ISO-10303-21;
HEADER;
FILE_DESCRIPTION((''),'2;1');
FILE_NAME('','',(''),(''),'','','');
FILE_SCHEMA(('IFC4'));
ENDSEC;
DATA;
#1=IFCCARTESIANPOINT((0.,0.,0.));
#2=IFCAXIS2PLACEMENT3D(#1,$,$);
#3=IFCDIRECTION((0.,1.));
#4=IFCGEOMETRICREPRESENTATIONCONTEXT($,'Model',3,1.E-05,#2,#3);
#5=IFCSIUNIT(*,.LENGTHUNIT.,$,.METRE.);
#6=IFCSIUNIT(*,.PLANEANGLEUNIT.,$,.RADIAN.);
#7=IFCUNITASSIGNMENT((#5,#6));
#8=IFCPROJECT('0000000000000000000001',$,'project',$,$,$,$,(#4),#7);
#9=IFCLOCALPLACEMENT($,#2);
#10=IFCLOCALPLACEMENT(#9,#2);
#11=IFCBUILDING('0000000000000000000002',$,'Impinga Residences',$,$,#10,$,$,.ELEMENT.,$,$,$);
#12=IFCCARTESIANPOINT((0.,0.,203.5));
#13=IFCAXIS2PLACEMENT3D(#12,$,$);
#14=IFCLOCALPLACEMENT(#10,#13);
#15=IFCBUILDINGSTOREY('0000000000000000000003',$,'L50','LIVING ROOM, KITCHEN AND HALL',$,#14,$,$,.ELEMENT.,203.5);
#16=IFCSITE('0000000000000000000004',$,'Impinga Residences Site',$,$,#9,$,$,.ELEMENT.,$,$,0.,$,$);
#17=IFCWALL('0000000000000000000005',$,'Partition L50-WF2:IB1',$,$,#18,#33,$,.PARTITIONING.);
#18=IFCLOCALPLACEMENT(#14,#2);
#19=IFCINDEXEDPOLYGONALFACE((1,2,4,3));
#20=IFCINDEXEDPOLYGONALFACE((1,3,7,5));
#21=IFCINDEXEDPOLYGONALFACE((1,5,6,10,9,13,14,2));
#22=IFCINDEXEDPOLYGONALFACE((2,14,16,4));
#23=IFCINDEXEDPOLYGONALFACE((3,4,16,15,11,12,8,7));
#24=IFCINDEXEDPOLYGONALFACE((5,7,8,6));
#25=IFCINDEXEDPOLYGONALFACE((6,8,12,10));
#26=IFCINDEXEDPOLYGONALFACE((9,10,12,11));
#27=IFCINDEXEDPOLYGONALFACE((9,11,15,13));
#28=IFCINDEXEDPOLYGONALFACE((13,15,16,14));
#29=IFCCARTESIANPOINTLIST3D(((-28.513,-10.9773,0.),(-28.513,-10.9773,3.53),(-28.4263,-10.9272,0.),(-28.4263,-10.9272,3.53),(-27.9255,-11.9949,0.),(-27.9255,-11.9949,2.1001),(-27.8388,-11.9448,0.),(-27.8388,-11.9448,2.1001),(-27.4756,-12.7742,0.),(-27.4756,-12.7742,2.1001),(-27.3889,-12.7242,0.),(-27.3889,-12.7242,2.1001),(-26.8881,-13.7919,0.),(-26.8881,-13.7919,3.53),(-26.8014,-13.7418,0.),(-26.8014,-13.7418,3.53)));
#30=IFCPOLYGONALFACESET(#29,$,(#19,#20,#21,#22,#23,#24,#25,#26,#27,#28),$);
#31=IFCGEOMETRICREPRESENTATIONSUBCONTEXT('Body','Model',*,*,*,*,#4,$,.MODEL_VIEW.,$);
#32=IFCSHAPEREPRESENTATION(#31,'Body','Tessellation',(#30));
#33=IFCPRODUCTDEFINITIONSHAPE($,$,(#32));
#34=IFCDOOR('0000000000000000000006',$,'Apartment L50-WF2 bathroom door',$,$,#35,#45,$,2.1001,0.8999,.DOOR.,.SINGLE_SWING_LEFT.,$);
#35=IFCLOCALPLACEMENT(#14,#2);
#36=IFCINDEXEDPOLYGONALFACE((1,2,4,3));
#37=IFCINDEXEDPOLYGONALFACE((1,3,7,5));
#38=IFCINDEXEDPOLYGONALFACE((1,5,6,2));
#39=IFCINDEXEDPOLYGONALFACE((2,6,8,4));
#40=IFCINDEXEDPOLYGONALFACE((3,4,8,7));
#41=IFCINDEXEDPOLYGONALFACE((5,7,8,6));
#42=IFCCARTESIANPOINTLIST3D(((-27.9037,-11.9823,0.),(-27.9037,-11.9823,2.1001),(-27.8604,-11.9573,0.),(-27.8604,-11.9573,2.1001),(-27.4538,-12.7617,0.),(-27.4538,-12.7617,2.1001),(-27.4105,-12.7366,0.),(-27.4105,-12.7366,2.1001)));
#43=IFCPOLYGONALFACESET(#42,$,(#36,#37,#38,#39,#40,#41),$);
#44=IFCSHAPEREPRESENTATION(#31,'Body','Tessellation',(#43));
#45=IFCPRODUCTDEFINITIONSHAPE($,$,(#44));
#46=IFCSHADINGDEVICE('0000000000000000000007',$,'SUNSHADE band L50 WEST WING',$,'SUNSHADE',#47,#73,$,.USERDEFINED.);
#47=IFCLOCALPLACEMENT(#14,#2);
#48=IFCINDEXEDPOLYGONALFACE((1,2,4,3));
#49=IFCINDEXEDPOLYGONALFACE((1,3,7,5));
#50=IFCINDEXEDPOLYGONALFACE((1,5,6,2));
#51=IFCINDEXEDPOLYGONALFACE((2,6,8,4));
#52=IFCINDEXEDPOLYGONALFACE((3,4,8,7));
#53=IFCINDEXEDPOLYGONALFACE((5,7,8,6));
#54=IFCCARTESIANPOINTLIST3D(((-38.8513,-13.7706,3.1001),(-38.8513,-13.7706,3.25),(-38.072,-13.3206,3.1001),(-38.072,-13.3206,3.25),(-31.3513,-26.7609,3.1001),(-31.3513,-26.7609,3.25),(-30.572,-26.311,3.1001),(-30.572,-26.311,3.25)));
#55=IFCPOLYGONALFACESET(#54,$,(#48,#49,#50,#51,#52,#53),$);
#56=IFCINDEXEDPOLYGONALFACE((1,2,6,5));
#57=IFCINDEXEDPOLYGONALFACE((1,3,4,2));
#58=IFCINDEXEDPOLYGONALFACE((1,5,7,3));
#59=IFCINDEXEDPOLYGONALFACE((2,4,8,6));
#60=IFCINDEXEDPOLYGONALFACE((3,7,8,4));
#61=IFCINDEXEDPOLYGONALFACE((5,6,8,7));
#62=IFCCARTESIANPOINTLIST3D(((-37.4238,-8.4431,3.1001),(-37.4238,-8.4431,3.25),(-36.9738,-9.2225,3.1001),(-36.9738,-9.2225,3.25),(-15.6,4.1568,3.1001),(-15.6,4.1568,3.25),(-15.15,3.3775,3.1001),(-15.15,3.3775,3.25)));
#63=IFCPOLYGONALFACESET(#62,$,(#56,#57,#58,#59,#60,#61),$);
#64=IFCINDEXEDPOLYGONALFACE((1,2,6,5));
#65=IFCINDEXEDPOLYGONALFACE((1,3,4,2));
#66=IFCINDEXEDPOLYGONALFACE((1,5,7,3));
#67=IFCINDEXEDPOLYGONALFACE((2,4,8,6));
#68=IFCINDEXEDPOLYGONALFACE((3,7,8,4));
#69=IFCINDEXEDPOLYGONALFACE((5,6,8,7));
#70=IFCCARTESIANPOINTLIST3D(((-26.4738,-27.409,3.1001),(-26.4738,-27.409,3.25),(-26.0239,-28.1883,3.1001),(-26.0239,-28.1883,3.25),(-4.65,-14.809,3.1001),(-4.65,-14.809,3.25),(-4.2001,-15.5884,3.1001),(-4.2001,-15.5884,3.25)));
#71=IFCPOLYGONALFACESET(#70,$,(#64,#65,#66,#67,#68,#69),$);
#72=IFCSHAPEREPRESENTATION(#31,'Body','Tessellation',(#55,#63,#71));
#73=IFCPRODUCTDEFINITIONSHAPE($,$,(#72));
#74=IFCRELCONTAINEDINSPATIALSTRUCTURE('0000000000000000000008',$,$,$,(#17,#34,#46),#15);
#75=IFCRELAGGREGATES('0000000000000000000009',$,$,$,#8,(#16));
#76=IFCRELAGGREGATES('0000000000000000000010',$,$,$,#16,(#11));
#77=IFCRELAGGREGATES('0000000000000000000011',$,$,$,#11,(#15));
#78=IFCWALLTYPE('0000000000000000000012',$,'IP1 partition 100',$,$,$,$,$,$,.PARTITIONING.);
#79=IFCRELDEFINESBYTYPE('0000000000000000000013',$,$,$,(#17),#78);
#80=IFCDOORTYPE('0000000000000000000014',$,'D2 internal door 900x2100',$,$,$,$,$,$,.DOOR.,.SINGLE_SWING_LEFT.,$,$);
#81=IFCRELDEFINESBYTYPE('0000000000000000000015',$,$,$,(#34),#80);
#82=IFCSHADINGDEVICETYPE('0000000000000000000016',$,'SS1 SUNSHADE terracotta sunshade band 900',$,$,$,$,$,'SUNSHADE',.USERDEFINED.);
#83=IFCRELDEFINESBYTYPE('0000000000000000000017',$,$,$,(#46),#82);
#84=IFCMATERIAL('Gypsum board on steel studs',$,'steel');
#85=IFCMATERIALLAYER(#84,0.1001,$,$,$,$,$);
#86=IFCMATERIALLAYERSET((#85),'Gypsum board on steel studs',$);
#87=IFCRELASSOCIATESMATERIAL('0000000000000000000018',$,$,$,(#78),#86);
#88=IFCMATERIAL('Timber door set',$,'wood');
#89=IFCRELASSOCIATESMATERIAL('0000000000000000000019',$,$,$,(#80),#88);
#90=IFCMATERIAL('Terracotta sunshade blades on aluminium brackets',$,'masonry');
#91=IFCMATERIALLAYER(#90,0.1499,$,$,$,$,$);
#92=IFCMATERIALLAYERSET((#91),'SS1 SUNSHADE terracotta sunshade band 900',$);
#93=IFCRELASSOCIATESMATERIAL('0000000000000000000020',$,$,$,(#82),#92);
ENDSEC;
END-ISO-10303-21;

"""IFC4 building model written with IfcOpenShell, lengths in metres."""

from ifc_helpers import new_model, si_unit, direction, frame, frame_2d, origin, origin_2d, place, context, subcontext, project, spatial, rectangle, extrude, material, layer, layer_set, type_object, element, fill, save


model = new_model("IFC4")

# Units and contexts
model_context = context("Model", 3, precision=1e-05, world=origin(), true_north=direction((0.0, 1.0)))
body_context = subcontext(model_context, "Body", "Model", "MODEL_VIEW")
ifc_project = project(units=[si_unit("LENGTHUNIT", "METRE"), si_unit("PLANEANGLEUNIT", "RADIAN")], contexts=[model_context])

# Site, building, storey
site_placement = place(None, origin())
site = spatial("IfcSite", under=ifc_project, at=site_placement, Name="Impinga Residences Site", CompositionType="ELEMENT", RefElevation=0.0)
building_placement = place(site_placement, origin())
building = spatial("IfcBuilding", under=site, at=building_placement, Name="Impinga Residences", CompositionType="ELEMENT")
storey_placement = place(building_placement, frame((0.0, 0.0, 203.5)))
storey = spatial("IfcBuildingStorey", under=building, at=storey_placement, Name="L50", Description="LIVING ROOM, KITCHEN AND HALL", CompositionType="ELEMENT", Elevation=203.5)

# Shared definitions
ifc_material_1 = material(Name="Timber door set", Category="wood")

# Shared definitions
ifc_material_2 = material(Name="Gypsum board on steel studs", Category="steel")
ifc_layer_1 = layer(ifc_material_2, 0.1001)
ifc_layer_set_1 = layer_set([ifc_layer_1], Name="Gypsum board on steel studs")
wall_type_1 = type_object("IfcWallType", Name="IP1 partition 100", PredefinedType="PARTITIONING", material=ifc_layer_set_1)

# Wall, opening, door
wall_1_placement = place(storey_placement, frame((-26.8447, -13.7668, 0.0), z_axis=(0.0, 0.0, 1.0), x_axis=(-0.499985, 0.866034, 0.0)))
wall_1 = element("IfcWall", 1, at=wall_1_placement, inside=storey, type_object=wall_type_1, Name="Partition L50-WF2:IB1", PredefinedType="PARTITIONING", context=body_context, shape_type="SweptSolid", body=[
    extrude(rectangle(XDim=3.25, YDim=0.1001, at=frame_2d((1.625, 0.0))), origin(), (0.0, 0.0, 1.0), 3.53),
])
opening_1_placement = place(wall_1_placement, frame((1.175, 0.0, 0.0)))
opening_1 = element("IfcOpeningElement", 2, at=opening_1_placement, cuts=wall_1, PredefinedType="OPENING", context=body_context, shape_type="SweptSolid", body=[
    extrude(rectangle(XDim=0.8999, YDim=2.1001, at=frame_2d((0.45, 1.05))), frame((0.0, 0.0601, 0.0), z_axis=(0.0, -1.0, 0.0), x_axis=(1.0, 0.0, 0.0)), (0.0, 0.0, 1.0), 0.1201),
])
door_type_1 = type_object("IfcDoorType", Name="D2 internal door 900x2100", OperationType="SINGLE_SWING_LEFT", PredefinedType="DOOR", material=ifc_material_1)
door_1_placement = place(opening_1_placement, origin())
door_1 = element("IfcDoor", 3, at=door_1_placement, inside=storey, type_object=door_type_1, Name="Apartment L50-WF2 bathroom door", OperationType="SINGLE_SWING_LEFT", OverallHeight=2.1001, OverallWidth=0.8999, PredefinedType="DOOR", context=body_context, shape_type="SweptSolid", body=[
    extrude(rectangle(XDim=0.8999, YDim=2.1001, at=frame_2d((0.45, 1.05))), frame((0.0, 0.0249, 0.0), z_axis=(0.0, -1.0, 0.0), x_axis=(1.0, 0.0, 0.0)), (0.0, 0.0, 1.0), 0.05),
])
fill(opening_1, door_1)

# Shading device
ifc_material_3 = material(Name="Terracotta sunshade blades on aluminium brackets", Category="masonry")
ifc_layer_2 = layer(ifc_material_3, 0.1499)
ifc_layer_set_2 = layer_set([ifc_layer_2], Name="SS1 SUNSHADE terracotta sunshade band 900")
shading_device_type = type_object("IfcShadingDeviceType", Name="SS1 SUNSHADE terracotta sunshade band 900", ElementType="SUNSHADE", PredefinedType="USERDEFINED", material=ifc_layer_set_2)
shading_device_placement = place(storey_placement, frame((-34.7117, -20.0408, 3.1001), z_axis=(0.0, 0.0, 1.0), x_axis=(-0.5, 0.866025, 0.0)))
element("IfcShadingDevice", 4, at=shading_device_placement, inside=storey, type_object=shading_device_type, Name="SUNSHADE band L50 WEST WING", ObjectType="SUNSHADE", PredefinedType="USERDEFINED", context=body_context, shape_type="SweptSolid", body=[
    extrude(rectangle(XDim=15.0, YDim=0.8999, at=origin_2d()), origin(), (0.0, 0.0, 1.0), 0.1499),
    extrude(rectangle(XDim=25.2, YDim=0.8999, at=origin_2d()), frame((10.95, -16.05, 0.0), z_axis=(0.0, 0.0, 1.0), x_axis=(0.0, -1.0, 0.0)), (0.0, 0.0, 1.0), 0.1499),
    extrude(rectangle(XDim=25.2, YDim=0.8999, at=origin_2d()), frame((-10.95, -16.05, 0.0), z_axis=(0.0, 0.0, 1.0), x_axis=(0.0, 1.0, 0.0)), (0.0, 0.0, 1.0), 0.1499),
])

save(model, "model.ifc")
